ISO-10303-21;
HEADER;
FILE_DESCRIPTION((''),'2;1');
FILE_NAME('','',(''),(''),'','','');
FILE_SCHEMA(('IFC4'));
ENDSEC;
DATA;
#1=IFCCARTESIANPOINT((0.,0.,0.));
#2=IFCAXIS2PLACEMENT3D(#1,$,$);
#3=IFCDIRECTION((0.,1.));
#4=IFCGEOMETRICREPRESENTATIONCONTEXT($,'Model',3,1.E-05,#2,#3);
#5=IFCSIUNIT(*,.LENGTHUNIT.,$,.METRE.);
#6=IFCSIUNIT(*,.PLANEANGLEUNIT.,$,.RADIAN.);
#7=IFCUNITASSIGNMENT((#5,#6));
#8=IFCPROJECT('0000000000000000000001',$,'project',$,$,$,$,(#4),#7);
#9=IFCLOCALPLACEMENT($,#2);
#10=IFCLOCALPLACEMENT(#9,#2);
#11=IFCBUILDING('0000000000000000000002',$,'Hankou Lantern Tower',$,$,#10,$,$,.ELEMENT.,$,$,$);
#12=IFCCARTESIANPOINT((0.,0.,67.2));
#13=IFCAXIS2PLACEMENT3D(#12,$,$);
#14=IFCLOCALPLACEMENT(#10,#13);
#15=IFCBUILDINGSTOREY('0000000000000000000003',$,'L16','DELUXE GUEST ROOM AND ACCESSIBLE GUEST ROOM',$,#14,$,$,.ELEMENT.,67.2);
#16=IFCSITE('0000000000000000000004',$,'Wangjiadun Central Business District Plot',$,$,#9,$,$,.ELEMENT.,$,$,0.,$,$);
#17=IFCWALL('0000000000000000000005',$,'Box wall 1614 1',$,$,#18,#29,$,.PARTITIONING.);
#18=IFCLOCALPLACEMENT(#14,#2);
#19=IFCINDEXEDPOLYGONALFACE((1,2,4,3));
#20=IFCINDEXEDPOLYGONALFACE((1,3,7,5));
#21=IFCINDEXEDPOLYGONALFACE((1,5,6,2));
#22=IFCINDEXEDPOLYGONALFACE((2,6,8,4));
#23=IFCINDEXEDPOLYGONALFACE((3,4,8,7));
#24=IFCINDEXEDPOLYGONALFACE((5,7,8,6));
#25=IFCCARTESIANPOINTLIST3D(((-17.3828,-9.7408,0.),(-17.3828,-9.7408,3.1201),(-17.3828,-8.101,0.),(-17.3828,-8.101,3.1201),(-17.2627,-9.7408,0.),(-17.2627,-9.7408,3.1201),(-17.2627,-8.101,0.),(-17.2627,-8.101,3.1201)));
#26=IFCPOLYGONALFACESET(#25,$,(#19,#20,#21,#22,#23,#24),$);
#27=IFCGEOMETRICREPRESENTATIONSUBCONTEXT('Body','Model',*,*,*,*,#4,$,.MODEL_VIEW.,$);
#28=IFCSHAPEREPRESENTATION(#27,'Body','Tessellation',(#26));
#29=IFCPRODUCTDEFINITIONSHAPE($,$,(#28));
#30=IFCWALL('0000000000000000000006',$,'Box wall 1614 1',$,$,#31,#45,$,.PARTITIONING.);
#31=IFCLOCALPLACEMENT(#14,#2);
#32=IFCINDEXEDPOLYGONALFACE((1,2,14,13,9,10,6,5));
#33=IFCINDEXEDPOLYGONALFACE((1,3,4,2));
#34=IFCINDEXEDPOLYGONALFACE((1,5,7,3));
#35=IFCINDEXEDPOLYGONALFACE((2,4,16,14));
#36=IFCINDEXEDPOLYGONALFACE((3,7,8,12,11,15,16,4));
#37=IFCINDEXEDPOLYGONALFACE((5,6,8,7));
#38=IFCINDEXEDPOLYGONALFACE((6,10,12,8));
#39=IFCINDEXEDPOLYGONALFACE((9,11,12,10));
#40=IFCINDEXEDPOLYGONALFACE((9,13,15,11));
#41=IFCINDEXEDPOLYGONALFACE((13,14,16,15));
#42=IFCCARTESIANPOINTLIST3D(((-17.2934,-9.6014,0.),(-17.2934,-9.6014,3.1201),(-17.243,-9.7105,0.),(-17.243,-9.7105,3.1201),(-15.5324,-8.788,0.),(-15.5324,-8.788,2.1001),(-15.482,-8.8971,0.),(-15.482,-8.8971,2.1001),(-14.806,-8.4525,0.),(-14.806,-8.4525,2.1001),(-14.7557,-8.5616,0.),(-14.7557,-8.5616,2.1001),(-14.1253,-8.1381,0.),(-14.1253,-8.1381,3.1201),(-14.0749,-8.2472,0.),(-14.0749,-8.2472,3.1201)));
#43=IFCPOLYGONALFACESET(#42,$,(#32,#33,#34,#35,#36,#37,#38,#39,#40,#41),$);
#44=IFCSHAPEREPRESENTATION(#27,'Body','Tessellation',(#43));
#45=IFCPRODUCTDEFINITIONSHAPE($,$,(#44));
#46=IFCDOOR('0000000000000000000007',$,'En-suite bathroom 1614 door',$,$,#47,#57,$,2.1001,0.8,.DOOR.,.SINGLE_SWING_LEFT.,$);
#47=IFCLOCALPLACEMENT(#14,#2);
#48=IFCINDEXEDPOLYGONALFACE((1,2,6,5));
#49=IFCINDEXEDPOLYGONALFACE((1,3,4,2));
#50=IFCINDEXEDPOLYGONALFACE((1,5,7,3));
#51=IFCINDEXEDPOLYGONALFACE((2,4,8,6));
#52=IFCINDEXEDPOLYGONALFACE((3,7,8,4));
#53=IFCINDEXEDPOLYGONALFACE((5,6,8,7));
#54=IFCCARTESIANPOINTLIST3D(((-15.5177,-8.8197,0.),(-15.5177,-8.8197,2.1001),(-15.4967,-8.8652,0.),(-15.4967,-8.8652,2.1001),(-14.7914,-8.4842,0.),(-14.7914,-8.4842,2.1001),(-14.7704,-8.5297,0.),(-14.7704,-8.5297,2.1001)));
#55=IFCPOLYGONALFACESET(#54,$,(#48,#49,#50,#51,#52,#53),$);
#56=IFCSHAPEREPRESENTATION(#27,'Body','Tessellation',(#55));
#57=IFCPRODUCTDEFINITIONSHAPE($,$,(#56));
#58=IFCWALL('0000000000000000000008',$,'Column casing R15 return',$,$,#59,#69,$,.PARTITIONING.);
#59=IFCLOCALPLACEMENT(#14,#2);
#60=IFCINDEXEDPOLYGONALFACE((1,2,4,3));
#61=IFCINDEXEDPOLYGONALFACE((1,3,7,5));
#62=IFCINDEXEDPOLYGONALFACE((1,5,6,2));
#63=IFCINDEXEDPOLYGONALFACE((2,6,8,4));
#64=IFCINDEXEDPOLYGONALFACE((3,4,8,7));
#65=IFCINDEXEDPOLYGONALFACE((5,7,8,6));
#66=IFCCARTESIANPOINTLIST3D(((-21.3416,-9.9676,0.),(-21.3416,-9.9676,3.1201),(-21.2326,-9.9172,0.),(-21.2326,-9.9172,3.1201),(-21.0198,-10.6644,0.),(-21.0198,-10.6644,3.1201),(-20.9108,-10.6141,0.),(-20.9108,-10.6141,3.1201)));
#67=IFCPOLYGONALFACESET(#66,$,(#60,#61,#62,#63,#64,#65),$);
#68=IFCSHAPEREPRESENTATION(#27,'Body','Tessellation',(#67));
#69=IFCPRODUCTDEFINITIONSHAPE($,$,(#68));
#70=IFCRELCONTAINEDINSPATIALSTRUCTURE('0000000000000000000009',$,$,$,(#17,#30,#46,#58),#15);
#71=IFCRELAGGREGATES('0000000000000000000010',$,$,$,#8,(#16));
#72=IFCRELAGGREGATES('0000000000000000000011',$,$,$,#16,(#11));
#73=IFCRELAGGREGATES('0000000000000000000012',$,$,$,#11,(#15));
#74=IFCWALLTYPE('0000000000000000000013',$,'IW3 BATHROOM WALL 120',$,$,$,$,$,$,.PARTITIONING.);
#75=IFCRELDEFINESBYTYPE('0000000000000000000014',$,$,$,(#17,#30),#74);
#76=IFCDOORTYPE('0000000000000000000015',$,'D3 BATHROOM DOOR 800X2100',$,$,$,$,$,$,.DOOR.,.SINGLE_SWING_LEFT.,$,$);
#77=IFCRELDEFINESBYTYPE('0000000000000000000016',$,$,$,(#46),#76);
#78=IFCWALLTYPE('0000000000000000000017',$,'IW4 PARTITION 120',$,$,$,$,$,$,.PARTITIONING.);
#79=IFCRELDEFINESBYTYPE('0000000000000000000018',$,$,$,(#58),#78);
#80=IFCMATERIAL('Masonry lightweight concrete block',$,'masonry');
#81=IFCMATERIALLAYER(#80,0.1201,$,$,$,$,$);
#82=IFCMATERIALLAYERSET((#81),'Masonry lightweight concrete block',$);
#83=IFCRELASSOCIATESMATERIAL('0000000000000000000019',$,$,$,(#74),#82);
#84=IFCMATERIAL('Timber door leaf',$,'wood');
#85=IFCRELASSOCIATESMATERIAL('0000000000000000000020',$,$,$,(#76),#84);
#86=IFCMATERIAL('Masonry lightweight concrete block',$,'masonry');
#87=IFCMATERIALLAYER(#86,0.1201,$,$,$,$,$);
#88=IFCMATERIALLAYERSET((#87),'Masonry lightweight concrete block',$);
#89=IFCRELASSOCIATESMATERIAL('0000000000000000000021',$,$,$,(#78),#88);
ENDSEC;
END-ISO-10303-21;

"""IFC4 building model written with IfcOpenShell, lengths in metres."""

from ifc_helpers import new_model, si_unit, direction, frame, frame_2d, origin, place, context, subcontext, project, spatial, rectangle, extrude, material, layer, layer_set, type_object, element, fill, save


model = new_model("IFC4")

# Units and contexts
model_context = context("Model", 3, precision=1e-05, world=origin(), true_north=direction((0.0, 1.0)))
body_context = subcontext(model_context, "Body", "Model", "MODEL_VIEW")
ifc_project = project(units=[si_unit("LENGTHUNIT", "METRE"), si_unit("PLANEANGLEUNIT", "RADIAN")], contexts=[model_context])

# Site, building, storey
site_placement = place(None, origin())
site = spatial("IfcSite", under=ifc_project, at=site_placement, Name="Wangjiadun Central Business District Plot", CompositionType="ELEMENT", RefElevation=0.0)
building_placement = place(site_placement, origin())
building = spatial("IfcBuilding", under=site, at=building_placement, Name="Hankou Lantern Tower", CompositionType="ELEMENT")
storey_placement = place(building_placement, frame((0.0, 0.0, 67.2)))
storey = spatial("IfcBuildingStorey", under=building, at=storey_placement, Name="L16", Description="DELUXE GUEST ROOM AND ACCESSIBLE GUEST ROOM", CompositionType="ELEMENT", Elevation=67.2)

# Shared definitions
ifc_material_1 = material(Name="Masonry lightweight concrete block", Category="masonry")
ifc_layer_1 = layer(ifc_material_1, 0.1201)
ifc_layer_set_1 = layer_set([ifc_layer_1], Name="Masonry lightweight concrete block")
wall_type_1 = type_object("IfcWallType", Name="IW3 BATHROOM WALL 120", PredefinedType="PARTITIONING", material=ifc_layer_set_1)

# Wall
wall_1_placement = place(storey_placement, frame((-17.3228, -8.1011, 0.0), z_axis=(0.0, 0.0, 1.0), x_axis=(0.0, -1.0, 0.0)))
element("IfcWall", 1, at=wall_1_placement, inside=storey, type_object=wall_type_1, Name="Box wall 1614 1", PredefinedType="PARTITIONING", context=body_context, shape_type="SweptSolid", body=[
    extrude(rectangle(XDim=1.6399, YDim=0.1201, at=frame_2d((0.8198, 0.0))), origin(), (0.0, 0.0, 1.0), 3.1201),
])

# Wall, opening, door
wall_2_placement = place(storey_placement, frame((-14.1001, -8.1926, 0.0), z_axis=(0.0, 0.0, 1.0), x_axis=(-0.907836, -0.419324, 0.0)))
wall_2 = element("IfcWall", 2, at=wall_2_placement, inside=storey, type_object=wall_type_1, Name="Box wall 1614 1", PredefinedType="PARTITIONING", context=body_context, shape_type="SweptSolid", body=[
    extrude(rectangle(XDim=3.4897, YDim=0.1201, at=frame_2d((1.7449, 0.0))), origin(), (0.0, 0.0, 1.0), 3.1201),
])
opening_1_placement = place(wall_2_placement, frame((0.75, 0.0, 0.0)))
opening_1 = element("IfcOpeningElement", 3, at=opening_1_placement, cuts=wall_2, PredefinedType="OPENING", context=body_context, shape_type="SweptSolid", body=[
    extrude(rectangle(XDim=0.8, YDim=2.1001, at=frame_2d((0.3999, 1.05))), frame((0.0, 0.0701, 0.0), z_axis=(0.0, -1.0, 0.0), x_axis=(1.0, 0.0, 0.0)), (0.0, 0.0, 1.0), 0.1401),
])
ifc_material_2 = material(Name="Timber door leaf", Category="wood")
door_type_1 = type_object("IfcDoorType", Name="D3 BATHROOM DOOR 800X2100", OperationType="SINGLE_SWING_LEFT", PredefinedType="DOOR", material=ifc_material_2)
door_1_placement = place(opening_1_placement, origin())
door_1 = element("IfcDoor", 4, at=door_1_placement, inside=storey, type_object=door_type_1, Name="En-suite bathroom 1614 door", OperationType="SINGLE_SWING_LEFT", OverallHeight=2.1001, OverallWidth=0.8, PredefinedType="DOOR", context=body_context, shape_type="SweptSolid", body=[
    extrude(rectangle(XDim=0.8, YDim=2.1001, at=frame_2d((0.3999, 1.05))), frame((0.0, 0.0249, 0.0), z_axis=(0.0, -1.0, 0.0), x_axis=(1.0, 0.0, 0.0)), (0.0, 0.0, 1.0), 0.05),
])
fill(opening_1, door_1)

# Wall
ifc_material_3 = material(Name="Masonry lightweight concrete block", Category="masonry")
ifc_layer_2 = layer(ifc_material_3, 0.1201)
ifc_layer_set_2 = layer_set([ifc_layer_2], Name="Masonry lightweight concrete block")
wall_type_2 = type_object("IfcWallType", Name="IW4 PARTITION 120", PredefinedType="PARTITIONING", material=ifc_layer_set_2)
wall_3_placement = place(storey_placement, frame((-21.2871, -9.9424, 0.0), z_axis=(0.0, 0.0, 1.0), x_axis=(0.41926, -0.907866, 0.0)))
element("IfcWall", 5, at=wall_3_placement, inside=storey, type_object=wall_type_2, Name="Column casing R15 return", PredefinedType="PARTITIONING", context=body_context, shape_type="SweptSolid", body=[
    extrude(rectangle(XDim=0.7676, YDim=0.1201, at=frame_2d((0.3838, 0.0))), origin(), (0.0, 0.0, 1.0), 3.1201),
])

save(model, "model.ifc")
